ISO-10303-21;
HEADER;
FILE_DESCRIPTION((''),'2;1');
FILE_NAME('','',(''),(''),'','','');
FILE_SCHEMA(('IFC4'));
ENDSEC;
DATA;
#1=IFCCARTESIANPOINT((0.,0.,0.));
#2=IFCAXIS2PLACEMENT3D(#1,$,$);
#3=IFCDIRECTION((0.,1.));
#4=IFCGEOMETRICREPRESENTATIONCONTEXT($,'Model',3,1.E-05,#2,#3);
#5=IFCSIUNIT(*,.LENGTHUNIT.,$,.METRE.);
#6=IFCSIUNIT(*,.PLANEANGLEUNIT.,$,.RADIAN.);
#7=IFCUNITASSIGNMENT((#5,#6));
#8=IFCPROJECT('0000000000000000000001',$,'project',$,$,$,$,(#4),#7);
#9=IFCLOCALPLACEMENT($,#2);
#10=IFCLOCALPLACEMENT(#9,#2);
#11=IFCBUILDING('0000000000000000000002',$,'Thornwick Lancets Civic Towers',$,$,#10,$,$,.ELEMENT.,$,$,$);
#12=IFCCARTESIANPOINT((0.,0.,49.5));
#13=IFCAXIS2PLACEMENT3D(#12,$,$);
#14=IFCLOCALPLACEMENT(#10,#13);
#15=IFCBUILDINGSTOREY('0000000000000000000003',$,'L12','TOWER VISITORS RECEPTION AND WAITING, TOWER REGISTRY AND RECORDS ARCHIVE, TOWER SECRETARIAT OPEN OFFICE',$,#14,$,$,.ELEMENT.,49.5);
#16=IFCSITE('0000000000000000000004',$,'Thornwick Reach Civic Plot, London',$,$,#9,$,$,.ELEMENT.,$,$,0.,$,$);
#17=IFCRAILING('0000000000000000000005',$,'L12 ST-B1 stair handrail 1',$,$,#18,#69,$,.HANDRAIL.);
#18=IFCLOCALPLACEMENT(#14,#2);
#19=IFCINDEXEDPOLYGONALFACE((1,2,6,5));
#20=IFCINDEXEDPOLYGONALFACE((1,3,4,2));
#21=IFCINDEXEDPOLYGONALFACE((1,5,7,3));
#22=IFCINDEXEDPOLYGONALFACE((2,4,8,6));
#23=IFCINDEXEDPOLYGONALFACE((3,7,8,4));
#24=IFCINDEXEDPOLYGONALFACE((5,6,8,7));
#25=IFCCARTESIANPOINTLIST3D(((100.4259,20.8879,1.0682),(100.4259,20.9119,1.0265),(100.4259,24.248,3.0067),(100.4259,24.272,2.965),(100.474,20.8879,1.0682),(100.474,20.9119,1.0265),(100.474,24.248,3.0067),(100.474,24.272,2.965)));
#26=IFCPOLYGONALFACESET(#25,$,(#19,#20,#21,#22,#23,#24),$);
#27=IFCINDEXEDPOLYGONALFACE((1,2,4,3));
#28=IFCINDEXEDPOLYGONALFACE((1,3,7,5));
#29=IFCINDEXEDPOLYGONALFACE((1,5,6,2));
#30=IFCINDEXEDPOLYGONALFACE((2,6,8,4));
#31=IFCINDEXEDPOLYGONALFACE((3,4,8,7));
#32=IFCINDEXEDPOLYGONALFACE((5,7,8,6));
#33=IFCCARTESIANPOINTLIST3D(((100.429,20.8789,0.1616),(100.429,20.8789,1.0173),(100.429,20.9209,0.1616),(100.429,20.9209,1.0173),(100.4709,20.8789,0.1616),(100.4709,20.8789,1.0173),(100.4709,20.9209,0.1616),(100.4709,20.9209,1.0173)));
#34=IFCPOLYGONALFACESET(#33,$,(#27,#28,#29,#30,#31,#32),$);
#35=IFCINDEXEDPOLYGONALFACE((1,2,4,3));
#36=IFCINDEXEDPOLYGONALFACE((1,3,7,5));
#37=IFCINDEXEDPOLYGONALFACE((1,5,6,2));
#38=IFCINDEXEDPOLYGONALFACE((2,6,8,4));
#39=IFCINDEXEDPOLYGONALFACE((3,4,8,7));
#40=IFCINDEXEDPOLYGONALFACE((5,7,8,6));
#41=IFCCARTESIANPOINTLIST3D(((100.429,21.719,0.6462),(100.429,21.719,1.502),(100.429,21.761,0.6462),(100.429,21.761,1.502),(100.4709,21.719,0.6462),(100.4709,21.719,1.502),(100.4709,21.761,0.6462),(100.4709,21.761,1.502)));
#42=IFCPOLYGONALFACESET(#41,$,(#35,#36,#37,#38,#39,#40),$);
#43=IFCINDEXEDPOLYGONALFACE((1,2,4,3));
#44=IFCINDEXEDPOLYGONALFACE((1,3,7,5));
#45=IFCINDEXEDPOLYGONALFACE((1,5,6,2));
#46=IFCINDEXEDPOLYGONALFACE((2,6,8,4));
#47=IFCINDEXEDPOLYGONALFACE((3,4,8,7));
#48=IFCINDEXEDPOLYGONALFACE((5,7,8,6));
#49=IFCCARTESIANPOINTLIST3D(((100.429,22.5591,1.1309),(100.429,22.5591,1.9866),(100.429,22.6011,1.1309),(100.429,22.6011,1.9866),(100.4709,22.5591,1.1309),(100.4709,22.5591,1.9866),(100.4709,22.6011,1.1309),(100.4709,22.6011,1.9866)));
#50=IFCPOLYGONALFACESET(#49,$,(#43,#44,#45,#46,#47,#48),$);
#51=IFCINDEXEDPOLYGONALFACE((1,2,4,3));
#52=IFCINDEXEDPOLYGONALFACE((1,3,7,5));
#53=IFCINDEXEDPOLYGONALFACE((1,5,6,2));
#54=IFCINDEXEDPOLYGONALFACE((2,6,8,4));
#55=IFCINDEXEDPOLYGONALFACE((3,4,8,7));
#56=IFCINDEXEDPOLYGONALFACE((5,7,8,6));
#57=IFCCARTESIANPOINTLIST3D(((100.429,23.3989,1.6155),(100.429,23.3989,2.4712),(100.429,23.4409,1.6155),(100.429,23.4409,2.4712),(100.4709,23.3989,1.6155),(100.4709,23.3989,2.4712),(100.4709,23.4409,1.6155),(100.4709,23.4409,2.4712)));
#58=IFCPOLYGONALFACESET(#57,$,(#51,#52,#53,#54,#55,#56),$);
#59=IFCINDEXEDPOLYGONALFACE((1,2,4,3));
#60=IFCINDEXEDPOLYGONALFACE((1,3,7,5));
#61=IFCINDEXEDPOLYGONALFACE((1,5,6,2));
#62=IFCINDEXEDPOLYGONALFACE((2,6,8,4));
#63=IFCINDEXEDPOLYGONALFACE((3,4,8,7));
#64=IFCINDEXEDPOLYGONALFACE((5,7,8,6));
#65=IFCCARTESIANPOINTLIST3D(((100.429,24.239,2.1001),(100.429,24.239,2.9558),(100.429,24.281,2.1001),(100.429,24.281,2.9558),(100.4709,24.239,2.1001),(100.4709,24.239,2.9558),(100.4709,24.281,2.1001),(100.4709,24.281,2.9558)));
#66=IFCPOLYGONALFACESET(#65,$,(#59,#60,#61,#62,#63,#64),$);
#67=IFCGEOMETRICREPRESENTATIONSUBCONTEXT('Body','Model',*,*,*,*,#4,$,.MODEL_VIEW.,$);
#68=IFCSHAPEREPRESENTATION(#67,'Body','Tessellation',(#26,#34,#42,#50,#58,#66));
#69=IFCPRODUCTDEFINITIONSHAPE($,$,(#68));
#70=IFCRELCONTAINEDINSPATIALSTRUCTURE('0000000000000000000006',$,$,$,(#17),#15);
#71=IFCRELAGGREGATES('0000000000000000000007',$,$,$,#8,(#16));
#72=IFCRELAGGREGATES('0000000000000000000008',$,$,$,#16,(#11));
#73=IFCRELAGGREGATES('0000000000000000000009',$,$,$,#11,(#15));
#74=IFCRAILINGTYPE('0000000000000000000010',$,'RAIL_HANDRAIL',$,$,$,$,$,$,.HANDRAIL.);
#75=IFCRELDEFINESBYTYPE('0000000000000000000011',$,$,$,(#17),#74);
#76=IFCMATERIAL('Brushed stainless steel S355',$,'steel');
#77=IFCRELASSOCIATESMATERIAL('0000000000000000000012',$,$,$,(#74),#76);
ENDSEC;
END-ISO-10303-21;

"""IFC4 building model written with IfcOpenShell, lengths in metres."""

from ifc_helpers import new_model, si_unit, direction, frame, origin, origin_2d, place, context, subcontext, project, spatial, rectangle, extrude, material, type_object, element, save


model = new_model("IFC4")

# Units and contexts
model_context = context("Model", 3, precision=1e-05, world=origin(), true_north=direction((0.0, 1.0)))
body_context = subcontext(model_context, "Body", "Model", "MODEL_VIEW")
ifc_project = project(units=[si_unit("LENGTHUNIT", "METRE"), si_unit("PLANEANGLEUNIT", "RADIAN")], contexts=[model_context])

# Site, building, storey
site_placement = place(None, origin())
site = spatial("IfcSite", under=ifc_project, at=site_placement, Name="Thornwick Reach Civic Plot, London", CompositionType="ELEMENT", RefElevation=0.0)
building_placement = place(site_placement, origin())
building = spatial("IfcBuilding", under=site, at=building_placement, Name="Thornwick Lancets Civic Towers", CompositionType="ELEMENT")
storey_placement = place(building_placement, frame((0.0, 0.0, 49.5)))
storey = spatial("IfcBuildingStorey", under=building, at=storey_placement, Name="L12", Description="TOWER VISITORS RECEPTION AND WAITING, TOWER REGISTRY AND RECORDS ARCHIVE, TOWER SECRETARIAT OPEN OFFICE", CompositionType="ELEMENT", Elevation=49.5)

# Railing
ifc_material_1 = material(Name="Brushed stainless steel S355", Category="steel")
railing_type = type_object("IfcRailingType", Name="RAIL_HANDRAIL", PredefinedType="HANDRAIL", material=ifc_material_1)
railing_placement = place(storey_placement, frame((100.45, 20.8999, 0.1616)))
element("IfcRailing", 1, at=railing_placement, inside=storey, type_object=railing_type, Name="L12 ST-B1 stair handrail 1", PredefinedType="HANDRAIL", context=body_context, shape_type="SweptSolid", body=[
    extrude(rectangle(XDim=0.0481, YDim=0.0481, at=origin_2d()), frame((0.0, 0.0, 0.8857), z_axis=(0.0, 0.866191, 0.499713), x_axis=(-1.0, 0.0, 0.0)), (0.0, 0.0, 1.0), 3.8792),
    extrude(rectangle(XDim=0.042, YDim=0.042, at=origin_2d()), origin(), (0.0, 0.0, 1.0), 0.8557),
    extrude(rectangle(XDim=0.042, YDim=0.042, at=origin_2d()), frame((0.0, 0.8401, 0.4846)), (0.0, 0.0, 1.0), 0.8557),
    extrude(rectangle(XDim=0.042, YDim=0.042, at=origin_2d()), frame((0.0, 1.6802, 0.9692)), (0.0, 0.0, 1.0), 0.8557),
    extrude(rectangle(XDim=0.042, YDim=0.042, at=origin_2d()), frame((0.0, 2.52, 1.4539)), (0.0, 0.0, 1.0), 0.8557),
    extrude(rectangle(XDim=0.042, YDim=0.042, at=origin_2d()), frame((0.0, 3.3601, 1.9385)), (0.0, 0.0, 1.0), 0.8557),
])

save(model, "model.ifc")
